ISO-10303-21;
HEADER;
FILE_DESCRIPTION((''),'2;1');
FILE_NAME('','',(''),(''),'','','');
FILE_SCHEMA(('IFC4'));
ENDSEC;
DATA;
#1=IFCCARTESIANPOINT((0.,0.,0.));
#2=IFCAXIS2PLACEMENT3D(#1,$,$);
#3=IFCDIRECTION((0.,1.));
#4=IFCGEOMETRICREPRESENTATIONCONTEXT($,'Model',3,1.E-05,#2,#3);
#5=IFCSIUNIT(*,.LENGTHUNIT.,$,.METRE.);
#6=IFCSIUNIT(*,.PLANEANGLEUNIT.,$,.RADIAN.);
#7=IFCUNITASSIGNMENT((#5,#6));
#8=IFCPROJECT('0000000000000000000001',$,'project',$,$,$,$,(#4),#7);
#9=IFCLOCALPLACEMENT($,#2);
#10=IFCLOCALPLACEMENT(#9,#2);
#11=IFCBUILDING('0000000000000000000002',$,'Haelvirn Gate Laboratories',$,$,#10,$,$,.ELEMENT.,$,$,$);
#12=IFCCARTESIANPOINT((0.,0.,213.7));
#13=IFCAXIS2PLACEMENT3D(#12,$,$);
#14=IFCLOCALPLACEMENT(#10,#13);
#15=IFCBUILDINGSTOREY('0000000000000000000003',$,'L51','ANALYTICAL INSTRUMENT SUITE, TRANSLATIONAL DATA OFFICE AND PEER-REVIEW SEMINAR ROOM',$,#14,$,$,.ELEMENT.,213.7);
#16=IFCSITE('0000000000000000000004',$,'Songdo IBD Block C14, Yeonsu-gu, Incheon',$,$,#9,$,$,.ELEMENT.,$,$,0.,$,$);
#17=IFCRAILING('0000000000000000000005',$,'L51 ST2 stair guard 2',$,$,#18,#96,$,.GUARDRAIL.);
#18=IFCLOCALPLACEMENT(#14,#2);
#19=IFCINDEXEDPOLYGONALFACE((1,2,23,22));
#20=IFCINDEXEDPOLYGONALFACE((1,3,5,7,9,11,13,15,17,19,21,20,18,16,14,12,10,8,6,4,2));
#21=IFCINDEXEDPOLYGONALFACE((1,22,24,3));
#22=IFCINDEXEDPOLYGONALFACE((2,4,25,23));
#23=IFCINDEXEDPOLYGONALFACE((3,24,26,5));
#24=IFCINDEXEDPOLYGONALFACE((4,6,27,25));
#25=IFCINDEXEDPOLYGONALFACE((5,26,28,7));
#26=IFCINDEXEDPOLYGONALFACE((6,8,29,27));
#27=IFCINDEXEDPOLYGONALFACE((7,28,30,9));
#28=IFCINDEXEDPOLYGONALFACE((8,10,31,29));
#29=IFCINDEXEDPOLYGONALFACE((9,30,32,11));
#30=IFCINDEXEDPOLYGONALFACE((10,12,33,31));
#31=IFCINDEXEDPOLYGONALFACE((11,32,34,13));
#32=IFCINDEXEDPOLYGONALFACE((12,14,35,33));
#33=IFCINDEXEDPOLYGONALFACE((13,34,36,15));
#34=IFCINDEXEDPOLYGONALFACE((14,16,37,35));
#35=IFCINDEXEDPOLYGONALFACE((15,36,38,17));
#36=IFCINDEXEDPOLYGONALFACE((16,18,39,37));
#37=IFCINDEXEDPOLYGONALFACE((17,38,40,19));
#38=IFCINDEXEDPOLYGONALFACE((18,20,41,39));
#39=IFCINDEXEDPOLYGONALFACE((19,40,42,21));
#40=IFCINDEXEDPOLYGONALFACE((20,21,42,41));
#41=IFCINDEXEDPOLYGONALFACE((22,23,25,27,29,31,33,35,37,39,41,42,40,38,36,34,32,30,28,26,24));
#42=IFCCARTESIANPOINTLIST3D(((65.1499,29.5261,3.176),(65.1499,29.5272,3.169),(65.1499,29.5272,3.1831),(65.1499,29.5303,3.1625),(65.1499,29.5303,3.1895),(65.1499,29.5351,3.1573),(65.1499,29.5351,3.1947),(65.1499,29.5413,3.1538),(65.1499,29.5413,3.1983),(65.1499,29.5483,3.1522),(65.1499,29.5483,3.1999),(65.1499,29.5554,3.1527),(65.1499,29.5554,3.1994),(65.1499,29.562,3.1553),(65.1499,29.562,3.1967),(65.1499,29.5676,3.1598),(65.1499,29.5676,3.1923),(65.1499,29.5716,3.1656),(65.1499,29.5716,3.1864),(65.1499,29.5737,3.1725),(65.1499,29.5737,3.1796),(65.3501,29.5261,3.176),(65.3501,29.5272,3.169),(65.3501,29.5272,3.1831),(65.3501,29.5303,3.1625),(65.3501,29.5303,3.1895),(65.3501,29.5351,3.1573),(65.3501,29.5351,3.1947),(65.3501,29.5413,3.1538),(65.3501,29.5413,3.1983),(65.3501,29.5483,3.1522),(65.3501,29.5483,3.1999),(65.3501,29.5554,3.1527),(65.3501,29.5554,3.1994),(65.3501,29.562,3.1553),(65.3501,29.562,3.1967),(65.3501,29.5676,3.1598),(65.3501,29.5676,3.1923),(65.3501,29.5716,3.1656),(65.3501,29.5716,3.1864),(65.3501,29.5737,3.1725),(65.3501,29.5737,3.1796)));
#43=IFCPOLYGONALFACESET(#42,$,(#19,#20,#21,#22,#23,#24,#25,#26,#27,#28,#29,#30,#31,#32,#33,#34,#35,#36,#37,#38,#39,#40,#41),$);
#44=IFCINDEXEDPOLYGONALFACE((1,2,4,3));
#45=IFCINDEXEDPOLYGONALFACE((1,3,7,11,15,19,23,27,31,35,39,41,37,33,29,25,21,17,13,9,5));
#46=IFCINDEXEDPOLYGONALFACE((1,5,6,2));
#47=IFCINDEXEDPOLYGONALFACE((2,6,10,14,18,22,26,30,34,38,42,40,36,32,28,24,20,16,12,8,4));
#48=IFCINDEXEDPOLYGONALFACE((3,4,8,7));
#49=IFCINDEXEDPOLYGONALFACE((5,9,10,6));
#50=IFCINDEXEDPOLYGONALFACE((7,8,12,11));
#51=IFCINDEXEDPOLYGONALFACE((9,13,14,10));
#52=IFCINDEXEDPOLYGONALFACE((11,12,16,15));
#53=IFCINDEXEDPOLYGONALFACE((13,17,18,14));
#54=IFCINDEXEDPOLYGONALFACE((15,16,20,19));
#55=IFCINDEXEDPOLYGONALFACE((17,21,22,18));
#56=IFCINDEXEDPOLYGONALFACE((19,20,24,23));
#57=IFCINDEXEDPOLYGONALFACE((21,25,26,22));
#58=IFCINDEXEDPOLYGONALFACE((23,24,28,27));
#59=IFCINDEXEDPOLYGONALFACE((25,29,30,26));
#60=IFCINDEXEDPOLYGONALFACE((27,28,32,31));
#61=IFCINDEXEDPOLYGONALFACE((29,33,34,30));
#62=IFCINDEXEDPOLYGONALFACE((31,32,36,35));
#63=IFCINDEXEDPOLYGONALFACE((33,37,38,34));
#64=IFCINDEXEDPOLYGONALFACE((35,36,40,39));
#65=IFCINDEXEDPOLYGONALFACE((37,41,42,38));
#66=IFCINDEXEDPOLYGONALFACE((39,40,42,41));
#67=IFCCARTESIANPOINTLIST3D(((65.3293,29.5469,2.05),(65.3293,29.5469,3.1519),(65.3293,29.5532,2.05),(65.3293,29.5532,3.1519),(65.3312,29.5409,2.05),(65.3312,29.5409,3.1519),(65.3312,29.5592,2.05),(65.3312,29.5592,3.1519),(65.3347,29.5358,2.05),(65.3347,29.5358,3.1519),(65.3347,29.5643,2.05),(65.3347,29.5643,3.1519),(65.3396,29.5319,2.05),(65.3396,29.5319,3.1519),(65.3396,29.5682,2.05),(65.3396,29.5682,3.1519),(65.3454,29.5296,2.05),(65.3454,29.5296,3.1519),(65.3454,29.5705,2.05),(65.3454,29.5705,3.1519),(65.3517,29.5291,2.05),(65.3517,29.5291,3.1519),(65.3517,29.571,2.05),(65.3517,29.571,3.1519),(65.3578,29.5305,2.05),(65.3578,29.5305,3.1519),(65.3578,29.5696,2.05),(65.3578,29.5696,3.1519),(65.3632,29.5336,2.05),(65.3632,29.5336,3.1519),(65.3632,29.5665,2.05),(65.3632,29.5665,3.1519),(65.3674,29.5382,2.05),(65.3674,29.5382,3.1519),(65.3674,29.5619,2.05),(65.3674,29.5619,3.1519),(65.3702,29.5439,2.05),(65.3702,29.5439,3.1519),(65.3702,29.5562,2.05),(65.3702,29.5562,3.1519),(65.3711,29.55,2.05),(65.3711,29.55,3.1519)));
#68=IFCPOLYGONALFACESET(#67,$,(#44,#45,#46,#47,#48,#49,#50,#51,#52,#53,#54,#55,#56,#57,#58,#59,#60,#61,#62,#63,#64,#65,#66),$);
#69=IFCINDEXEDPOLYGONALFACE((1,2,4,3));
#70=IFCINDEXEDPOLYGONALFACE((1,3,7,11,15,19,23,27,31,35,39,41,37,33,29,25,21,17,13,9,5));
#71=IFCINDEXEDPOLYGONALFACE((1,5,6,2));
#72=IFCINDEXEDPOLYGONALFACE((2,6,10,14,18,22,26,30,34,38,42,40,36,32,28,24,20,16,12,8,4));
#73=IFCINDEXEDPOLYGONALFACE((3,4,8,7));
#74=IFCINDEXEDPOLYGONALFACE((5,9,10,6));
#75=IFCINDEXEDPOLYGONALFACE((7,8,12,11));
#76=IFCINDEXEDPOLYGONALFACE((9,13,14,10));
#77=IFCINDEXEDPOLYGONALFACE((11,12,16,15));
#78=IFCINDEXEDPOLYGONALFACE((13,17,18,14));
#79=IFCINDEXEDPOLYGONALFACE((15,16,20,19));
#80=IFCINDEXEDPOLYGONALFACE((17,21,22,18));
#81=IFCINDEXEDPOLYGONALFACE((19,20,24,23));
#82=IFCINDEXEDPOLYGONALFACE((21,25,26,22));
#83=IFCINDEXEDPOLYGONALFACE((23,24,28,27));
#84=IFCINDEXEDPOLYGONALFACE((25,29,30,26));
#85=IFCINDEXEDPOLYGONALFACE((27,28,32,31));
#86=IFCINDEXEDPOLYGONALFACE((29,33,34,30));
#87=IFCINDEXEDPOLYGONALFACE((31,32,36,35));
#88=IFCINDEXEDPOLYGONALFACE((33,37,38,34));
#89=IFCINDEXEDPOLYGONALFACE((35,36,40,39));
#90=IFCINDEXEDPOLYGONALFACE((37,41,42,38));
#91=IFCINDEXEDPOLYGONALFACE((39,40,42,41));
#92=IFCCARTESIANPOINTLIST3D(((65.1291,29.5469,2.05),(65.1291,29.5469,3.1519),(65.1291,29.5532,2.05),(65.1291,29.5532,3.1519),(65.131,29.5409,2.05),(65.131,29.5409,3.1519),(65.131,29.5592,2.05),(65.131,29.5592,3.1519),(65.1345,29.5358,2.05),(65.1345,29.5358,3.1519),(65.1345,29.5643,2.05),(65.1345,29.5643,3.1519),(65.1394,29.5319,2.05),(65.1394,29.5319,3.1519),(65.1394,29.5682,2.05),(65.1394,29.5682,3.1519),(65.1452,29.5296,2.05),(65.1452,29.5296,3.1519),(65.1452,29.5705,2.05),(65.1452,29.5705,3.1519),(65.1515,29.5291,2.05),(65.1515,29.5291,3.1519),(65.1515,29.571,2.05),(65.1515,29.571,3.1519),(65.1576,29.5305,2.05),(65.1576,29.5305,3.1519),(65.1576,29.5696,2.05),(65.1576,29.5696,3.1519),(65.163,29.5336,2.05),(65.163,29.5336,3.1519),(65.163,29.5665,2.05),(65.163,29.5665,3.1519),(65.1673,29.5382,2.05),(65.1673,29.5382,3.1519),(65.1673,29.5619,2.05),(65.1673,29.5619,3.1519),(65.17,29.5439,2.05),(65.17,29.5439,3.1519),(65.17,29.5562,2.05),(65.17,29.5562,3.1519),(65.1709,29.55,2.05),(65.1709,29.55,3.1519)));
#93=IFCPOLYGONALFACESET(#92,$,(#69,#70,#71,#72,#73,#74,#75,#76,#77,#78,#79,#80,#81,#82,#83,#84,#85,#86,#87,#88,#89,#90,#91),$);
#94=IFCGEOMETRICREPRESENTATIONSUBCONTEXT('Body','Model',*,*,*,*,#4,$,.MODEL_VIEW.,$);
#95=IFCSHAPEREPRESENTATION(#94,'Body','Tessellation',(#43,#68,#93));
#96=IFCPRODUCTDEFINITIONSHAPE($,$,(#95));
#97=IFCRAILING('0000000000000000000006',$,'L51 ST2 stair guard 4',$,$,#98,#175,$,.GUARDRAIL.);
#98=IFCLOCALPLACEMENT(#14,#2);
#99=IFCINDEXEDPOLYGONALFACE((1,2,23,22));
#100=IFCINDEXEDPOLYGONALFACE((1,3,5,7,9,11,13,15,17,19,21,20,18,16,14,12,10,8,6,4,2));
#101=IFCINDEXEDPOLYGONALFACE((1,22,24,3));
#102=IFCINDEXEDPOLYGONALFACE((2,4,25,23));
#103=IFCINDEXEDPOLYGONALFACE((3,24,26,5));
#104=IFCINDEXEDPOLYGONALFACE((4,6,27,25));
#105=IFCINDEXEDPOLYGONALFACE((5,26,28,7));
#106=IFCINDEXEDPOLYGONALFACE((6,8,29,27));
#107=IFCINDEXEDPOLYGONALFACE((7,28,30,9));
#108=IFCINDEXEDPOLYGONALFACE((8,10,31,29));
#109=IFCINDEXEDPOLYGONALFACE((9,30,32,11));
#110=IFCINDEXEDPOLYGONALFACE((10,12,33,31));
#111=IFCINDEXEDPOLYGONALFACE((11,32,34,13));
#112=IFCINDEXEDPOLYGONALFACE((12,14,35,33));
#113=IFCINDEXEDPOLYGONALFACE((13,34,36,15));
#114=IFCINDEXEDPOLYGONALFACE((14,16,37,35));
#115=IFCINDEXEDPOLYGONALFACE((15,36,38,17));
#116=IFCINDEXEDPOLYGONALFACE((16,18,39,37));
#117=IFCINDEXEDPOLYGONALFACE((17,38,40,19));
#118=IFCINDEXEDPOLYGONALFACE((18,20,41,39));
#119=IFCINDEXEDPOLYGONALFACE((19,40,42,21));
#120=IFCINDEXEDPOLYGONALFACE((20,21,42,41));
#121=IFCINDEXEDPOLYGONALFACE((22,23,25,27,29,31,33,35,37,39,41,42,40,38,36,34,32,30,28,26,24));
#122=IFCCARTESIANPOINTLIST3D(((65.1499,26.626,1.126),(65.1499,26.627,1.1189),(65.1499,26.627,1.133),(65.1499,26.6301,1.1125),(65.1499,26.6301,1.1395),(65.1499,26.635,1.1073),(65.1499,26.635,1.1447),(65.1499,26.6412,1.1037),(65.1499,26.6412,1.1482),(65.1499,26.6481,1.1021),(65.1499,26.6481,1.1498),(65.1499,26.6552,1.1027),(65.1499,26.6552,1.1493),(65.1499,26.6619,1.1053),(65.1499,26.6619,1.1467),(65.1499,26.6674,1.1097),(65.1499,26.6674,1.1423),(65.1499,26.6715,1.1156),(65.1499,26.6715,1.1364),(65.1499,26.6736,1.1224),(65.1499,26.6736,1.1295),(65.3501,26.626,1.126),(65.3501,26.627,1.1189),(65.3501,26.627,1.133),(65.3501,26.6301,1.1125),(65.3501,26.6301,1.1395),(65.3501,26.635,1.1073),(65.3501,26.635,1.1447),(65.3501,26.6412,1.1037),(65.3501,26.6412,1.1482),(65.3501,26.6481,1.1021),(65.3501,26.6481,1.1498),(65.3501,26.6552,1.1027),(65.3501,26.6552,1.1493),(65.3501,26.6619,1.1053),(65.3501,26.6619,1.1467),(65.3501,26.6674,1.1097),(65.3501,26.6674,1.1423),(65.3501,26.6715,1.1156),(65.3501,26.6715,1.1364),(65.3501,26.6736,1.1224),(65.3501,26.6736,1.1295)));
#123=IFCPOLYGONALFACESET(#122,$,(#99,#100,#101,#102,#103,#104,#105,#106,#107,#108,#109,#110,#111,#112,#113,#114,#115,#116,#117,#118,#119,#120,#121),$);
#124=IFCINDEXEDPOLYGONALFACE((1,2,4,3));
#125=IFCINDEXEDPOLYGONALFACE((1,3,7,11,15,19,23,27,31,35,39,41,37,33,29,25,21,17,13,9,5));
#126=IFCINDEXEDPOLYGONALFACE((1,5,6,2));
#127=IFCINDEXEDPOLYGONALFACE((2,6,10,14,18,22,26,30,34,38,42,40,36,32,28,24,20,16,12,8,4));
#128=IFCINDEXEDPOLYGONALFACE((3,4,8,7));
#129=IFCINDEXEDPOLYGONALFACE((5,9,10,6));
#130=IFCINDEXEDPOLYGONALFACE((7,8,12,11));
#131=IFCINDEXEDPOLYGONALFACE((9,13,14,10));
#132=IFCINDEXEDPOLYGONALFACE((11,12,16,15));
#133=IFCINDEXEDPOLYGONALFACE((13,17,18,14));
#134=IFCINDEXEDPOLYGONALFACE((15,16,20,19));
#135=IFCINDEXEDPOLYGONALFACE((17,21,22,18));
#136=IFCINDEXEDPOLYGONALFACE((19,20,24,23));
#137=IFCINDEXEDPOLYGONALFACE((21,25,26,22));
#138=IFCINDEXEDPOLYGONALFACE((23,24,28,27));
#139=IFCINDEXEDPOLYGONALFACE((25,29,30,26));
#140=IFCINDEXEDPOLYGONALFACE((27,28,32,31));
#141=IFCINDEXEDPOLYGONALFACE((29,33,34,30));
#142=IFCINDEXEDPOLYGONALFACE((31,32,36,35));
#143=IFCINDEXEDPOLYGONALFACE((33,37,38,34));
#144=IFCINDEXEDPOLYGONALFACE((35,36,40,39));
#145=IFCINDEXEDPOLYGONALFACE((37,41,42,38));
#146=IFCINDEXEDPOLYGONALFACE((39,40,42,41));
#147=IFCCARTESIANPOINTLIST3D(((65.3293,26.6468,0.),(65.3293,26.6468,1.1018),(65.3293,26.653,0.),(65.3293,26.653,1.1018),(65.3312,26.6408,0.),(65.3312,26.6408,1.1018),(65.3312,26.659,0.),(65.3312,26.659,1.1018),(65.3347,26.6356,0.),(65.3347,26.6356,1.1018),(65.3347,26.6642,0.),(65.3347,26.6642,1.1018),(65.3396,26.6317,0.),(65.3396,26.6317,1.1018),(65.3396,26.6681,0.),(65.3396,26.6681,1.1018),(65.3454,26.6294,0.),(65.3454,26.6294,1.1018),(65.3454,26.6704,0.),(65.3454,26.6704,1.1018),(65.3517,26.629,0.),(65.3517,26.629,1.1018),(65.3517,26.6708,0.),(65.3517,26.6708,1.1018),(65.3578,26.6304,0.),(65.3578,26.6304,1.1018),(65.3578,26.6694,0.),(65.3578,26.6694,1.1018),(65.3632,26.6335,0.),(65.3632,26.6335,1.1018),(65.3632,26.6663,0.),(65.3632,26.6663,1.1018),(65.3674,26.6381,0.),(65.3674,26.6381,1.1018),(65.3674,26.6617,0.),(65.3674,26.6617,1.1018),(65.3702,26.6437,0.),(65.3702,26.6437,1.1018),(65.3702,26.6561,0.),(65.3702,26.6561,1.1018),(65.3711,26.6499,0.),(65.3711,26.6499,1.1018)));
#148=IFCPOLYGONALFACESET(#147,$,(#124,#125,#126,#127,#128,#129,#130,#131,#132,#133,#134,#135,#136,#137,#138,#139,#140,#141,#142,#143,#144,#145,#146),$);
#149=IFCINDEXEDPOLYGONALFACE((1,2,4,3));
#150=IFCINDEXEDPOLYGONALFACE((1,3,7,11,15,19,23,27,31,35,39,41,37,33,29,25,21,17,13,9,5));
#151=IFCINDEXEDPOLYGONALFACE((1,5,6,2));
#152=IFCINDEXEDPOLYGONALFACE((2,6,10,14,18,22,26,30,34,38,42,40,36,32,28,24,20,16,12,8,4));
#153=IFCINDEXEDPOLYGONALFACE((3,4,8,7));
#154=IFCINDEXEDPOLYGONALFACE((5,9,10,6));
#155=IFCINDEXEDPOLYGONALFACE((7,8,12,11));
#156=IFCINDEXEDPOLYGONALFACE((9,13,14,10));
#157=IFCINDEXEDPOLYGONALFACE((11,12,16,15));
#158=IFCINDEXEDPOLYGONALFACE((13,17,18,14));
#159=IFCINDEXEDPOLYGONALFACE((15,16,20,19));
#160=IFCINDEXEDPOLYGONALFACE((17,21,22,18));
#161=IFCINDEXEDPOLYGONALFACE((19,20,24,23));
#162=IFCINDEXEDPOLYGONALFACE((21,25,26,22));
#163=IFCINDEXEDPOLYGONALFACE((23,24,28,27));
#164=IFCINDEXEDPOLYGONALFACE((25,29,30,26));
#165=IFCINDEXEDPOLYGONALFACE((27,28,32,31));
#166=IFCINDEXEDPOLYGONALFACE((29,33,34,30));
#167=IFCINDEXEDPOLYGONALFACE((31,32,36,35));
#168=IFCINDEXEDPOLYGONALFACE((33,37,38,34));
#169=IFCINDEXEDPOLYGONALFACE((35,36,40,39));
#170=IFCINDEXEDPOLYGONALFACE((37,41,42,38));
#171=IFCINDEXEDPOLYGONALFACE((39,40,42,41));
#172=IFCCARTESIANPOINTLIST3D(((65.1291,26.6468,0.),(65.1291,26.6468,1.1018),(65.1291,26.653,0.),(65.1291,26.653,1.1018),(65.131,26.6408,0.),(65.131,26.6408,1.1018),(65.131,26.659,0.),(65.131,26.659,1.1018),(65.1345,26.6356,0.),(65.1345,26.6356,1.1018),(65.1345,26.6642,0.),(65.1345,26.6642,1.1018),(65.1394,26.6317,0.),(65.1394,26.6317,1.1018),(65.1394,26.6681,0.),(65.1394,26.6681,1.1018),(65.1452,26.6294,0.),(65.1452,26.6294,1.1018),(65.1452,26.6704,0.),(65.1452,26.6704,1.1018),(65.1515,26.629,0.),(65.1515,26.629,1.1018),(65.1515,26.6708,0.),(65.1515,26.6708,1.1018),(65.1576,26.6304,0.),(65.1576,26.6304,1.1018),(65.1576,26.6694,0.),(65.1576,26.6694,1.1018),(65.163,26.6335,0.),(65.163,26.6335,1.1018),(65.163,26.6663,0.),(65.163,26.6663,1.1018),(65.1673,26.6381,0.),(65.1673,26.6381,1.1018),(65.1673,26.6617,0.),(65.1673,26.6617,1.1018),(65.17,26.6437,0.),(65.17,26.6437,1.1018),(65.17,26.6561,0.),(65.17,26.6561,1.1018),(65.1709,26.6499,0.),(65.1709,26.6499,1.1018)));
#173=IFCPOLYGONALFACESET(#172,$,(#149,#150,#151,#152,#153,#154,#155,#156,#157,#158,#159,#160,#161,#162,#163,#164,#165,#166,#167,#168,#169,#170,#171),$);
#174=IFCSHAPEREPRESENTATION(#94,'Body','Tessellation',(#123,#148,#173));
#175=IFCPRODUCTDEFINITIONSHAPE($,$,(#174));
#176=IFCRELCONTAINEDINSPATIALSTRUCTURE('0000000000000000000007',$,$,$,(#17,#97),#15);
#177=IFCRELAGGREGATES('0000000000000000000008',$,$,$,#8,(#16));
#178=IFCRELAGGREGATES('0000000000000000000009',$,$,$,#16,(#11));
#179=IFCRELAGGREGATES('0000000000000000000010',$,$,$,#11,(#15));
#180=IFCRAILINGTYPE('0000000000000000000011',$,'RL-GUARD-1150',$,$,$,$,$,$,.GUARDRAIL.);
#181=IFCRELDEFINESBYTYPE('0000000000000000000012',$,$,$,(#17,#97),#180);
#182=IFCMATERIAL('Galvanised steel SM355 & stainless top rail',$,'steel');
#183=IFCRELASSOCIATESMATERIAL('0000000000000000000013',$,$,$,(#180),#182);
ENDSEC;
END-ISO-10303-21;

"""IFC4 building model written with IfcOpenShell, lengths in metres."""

from ifc_helpers import new_model, si_unit, direction, frame, origin, origin_2d, place, context, subcontext, project, spatial, circle, extrude, source, transform, mapped, material, type_object, element, save


model = new_model("IFC4")

# Units and contexts
model_context = context("Model", 3, precision=1e-05, world=origin(), true_north=direction((0.0, 1.0)))
body_context = subcontext(model_context, "Body", "Model", "MODEL_VIEW")
ifc_project = project(units=[si_unit("LENGTHUNIT", "METRE"), si_unit("PLANEANGLEUNIT", "RADIAN")], contexts=[model_context])

# Site, building, storey
site_placement = place(None, origin())
site = spatial("IfcSite", under=ifc_project, at=site_placement, Name="Songdo IBD Block C14, Yeonsu-gu, Incheon", CompositionType="ELEMENT", RefElevation=0.0)
building_placement = place(site_placement, origin())
building = spatial("IfcBuilding", under=site, at=building_placement, Name="Haelvirn Gate Laboratories", CompositionType="ELEMENT")
storey_placement = place(building_placement, frame((0.0, 0.0, 213.7)))
storey = spatial("IfcBuildingStorey", under=building, at=storey_placement, Name="L51", Description="ANALYTICAL INSTRUMENT SUITE, TRANSLATIONAL DATA OFFICE AND PEER-REVIEW SEMINAR ROOM", CompositionType="ELEMENT", Elevation=213.7)

# Railings
ifc_material_1 = material(Name="Galvanised steel SM355 & stainless top rail", Category="steel")
railing_type_1 = type_object("IfcRailingType", Name="RL-GUARD-1150", PredefinedType="GUARDRAIL", material=ifc_material_1)
shared_shape_1 = source(origin(), body_context, "Body", "SweptSolid", [
    extrude(circle(Radius=0.0239, at=origin_2d()), frame((0.0, 0.0, 1.126), z_axis=(-1.0, 0.0, 0.0), x_axis=(0.0, -1.0, 0.0)), (0.0, 0.0, 1.0), 0.2002),
    extrude(circle(Radius=0.021, at=origin_2d()), origin(), (0.0, 0.0, 1.0), 1.1018),
    extrude(circle(Radius=0.021, at=origin_2d()), frame((-0.2002, 0.0, 0.0)), (0.0, 0.0, 1.0), 1.1018),
])
for number, where, name in (
    (1, (65.3501, 29.55, 2.05), "L51 ST2 stair guard 2"),
    (2, (65.3501, 26.6499, 0.0), "L51 ST2 stair guard 4"),
):
    element("IfcRailing", number, at=place(storey_placement, frame(where)), inside=storey, type_object=railing_type_1, Name=name, PredefinedType="GUARDRAIL", context=body_context, shape_type="MappedRepresentation", body=[
        mapped(shared_shape_1, transform((0.0, 0.0, 0.0), scale=1.0)),
    ])

save(model, "model.ifc")
